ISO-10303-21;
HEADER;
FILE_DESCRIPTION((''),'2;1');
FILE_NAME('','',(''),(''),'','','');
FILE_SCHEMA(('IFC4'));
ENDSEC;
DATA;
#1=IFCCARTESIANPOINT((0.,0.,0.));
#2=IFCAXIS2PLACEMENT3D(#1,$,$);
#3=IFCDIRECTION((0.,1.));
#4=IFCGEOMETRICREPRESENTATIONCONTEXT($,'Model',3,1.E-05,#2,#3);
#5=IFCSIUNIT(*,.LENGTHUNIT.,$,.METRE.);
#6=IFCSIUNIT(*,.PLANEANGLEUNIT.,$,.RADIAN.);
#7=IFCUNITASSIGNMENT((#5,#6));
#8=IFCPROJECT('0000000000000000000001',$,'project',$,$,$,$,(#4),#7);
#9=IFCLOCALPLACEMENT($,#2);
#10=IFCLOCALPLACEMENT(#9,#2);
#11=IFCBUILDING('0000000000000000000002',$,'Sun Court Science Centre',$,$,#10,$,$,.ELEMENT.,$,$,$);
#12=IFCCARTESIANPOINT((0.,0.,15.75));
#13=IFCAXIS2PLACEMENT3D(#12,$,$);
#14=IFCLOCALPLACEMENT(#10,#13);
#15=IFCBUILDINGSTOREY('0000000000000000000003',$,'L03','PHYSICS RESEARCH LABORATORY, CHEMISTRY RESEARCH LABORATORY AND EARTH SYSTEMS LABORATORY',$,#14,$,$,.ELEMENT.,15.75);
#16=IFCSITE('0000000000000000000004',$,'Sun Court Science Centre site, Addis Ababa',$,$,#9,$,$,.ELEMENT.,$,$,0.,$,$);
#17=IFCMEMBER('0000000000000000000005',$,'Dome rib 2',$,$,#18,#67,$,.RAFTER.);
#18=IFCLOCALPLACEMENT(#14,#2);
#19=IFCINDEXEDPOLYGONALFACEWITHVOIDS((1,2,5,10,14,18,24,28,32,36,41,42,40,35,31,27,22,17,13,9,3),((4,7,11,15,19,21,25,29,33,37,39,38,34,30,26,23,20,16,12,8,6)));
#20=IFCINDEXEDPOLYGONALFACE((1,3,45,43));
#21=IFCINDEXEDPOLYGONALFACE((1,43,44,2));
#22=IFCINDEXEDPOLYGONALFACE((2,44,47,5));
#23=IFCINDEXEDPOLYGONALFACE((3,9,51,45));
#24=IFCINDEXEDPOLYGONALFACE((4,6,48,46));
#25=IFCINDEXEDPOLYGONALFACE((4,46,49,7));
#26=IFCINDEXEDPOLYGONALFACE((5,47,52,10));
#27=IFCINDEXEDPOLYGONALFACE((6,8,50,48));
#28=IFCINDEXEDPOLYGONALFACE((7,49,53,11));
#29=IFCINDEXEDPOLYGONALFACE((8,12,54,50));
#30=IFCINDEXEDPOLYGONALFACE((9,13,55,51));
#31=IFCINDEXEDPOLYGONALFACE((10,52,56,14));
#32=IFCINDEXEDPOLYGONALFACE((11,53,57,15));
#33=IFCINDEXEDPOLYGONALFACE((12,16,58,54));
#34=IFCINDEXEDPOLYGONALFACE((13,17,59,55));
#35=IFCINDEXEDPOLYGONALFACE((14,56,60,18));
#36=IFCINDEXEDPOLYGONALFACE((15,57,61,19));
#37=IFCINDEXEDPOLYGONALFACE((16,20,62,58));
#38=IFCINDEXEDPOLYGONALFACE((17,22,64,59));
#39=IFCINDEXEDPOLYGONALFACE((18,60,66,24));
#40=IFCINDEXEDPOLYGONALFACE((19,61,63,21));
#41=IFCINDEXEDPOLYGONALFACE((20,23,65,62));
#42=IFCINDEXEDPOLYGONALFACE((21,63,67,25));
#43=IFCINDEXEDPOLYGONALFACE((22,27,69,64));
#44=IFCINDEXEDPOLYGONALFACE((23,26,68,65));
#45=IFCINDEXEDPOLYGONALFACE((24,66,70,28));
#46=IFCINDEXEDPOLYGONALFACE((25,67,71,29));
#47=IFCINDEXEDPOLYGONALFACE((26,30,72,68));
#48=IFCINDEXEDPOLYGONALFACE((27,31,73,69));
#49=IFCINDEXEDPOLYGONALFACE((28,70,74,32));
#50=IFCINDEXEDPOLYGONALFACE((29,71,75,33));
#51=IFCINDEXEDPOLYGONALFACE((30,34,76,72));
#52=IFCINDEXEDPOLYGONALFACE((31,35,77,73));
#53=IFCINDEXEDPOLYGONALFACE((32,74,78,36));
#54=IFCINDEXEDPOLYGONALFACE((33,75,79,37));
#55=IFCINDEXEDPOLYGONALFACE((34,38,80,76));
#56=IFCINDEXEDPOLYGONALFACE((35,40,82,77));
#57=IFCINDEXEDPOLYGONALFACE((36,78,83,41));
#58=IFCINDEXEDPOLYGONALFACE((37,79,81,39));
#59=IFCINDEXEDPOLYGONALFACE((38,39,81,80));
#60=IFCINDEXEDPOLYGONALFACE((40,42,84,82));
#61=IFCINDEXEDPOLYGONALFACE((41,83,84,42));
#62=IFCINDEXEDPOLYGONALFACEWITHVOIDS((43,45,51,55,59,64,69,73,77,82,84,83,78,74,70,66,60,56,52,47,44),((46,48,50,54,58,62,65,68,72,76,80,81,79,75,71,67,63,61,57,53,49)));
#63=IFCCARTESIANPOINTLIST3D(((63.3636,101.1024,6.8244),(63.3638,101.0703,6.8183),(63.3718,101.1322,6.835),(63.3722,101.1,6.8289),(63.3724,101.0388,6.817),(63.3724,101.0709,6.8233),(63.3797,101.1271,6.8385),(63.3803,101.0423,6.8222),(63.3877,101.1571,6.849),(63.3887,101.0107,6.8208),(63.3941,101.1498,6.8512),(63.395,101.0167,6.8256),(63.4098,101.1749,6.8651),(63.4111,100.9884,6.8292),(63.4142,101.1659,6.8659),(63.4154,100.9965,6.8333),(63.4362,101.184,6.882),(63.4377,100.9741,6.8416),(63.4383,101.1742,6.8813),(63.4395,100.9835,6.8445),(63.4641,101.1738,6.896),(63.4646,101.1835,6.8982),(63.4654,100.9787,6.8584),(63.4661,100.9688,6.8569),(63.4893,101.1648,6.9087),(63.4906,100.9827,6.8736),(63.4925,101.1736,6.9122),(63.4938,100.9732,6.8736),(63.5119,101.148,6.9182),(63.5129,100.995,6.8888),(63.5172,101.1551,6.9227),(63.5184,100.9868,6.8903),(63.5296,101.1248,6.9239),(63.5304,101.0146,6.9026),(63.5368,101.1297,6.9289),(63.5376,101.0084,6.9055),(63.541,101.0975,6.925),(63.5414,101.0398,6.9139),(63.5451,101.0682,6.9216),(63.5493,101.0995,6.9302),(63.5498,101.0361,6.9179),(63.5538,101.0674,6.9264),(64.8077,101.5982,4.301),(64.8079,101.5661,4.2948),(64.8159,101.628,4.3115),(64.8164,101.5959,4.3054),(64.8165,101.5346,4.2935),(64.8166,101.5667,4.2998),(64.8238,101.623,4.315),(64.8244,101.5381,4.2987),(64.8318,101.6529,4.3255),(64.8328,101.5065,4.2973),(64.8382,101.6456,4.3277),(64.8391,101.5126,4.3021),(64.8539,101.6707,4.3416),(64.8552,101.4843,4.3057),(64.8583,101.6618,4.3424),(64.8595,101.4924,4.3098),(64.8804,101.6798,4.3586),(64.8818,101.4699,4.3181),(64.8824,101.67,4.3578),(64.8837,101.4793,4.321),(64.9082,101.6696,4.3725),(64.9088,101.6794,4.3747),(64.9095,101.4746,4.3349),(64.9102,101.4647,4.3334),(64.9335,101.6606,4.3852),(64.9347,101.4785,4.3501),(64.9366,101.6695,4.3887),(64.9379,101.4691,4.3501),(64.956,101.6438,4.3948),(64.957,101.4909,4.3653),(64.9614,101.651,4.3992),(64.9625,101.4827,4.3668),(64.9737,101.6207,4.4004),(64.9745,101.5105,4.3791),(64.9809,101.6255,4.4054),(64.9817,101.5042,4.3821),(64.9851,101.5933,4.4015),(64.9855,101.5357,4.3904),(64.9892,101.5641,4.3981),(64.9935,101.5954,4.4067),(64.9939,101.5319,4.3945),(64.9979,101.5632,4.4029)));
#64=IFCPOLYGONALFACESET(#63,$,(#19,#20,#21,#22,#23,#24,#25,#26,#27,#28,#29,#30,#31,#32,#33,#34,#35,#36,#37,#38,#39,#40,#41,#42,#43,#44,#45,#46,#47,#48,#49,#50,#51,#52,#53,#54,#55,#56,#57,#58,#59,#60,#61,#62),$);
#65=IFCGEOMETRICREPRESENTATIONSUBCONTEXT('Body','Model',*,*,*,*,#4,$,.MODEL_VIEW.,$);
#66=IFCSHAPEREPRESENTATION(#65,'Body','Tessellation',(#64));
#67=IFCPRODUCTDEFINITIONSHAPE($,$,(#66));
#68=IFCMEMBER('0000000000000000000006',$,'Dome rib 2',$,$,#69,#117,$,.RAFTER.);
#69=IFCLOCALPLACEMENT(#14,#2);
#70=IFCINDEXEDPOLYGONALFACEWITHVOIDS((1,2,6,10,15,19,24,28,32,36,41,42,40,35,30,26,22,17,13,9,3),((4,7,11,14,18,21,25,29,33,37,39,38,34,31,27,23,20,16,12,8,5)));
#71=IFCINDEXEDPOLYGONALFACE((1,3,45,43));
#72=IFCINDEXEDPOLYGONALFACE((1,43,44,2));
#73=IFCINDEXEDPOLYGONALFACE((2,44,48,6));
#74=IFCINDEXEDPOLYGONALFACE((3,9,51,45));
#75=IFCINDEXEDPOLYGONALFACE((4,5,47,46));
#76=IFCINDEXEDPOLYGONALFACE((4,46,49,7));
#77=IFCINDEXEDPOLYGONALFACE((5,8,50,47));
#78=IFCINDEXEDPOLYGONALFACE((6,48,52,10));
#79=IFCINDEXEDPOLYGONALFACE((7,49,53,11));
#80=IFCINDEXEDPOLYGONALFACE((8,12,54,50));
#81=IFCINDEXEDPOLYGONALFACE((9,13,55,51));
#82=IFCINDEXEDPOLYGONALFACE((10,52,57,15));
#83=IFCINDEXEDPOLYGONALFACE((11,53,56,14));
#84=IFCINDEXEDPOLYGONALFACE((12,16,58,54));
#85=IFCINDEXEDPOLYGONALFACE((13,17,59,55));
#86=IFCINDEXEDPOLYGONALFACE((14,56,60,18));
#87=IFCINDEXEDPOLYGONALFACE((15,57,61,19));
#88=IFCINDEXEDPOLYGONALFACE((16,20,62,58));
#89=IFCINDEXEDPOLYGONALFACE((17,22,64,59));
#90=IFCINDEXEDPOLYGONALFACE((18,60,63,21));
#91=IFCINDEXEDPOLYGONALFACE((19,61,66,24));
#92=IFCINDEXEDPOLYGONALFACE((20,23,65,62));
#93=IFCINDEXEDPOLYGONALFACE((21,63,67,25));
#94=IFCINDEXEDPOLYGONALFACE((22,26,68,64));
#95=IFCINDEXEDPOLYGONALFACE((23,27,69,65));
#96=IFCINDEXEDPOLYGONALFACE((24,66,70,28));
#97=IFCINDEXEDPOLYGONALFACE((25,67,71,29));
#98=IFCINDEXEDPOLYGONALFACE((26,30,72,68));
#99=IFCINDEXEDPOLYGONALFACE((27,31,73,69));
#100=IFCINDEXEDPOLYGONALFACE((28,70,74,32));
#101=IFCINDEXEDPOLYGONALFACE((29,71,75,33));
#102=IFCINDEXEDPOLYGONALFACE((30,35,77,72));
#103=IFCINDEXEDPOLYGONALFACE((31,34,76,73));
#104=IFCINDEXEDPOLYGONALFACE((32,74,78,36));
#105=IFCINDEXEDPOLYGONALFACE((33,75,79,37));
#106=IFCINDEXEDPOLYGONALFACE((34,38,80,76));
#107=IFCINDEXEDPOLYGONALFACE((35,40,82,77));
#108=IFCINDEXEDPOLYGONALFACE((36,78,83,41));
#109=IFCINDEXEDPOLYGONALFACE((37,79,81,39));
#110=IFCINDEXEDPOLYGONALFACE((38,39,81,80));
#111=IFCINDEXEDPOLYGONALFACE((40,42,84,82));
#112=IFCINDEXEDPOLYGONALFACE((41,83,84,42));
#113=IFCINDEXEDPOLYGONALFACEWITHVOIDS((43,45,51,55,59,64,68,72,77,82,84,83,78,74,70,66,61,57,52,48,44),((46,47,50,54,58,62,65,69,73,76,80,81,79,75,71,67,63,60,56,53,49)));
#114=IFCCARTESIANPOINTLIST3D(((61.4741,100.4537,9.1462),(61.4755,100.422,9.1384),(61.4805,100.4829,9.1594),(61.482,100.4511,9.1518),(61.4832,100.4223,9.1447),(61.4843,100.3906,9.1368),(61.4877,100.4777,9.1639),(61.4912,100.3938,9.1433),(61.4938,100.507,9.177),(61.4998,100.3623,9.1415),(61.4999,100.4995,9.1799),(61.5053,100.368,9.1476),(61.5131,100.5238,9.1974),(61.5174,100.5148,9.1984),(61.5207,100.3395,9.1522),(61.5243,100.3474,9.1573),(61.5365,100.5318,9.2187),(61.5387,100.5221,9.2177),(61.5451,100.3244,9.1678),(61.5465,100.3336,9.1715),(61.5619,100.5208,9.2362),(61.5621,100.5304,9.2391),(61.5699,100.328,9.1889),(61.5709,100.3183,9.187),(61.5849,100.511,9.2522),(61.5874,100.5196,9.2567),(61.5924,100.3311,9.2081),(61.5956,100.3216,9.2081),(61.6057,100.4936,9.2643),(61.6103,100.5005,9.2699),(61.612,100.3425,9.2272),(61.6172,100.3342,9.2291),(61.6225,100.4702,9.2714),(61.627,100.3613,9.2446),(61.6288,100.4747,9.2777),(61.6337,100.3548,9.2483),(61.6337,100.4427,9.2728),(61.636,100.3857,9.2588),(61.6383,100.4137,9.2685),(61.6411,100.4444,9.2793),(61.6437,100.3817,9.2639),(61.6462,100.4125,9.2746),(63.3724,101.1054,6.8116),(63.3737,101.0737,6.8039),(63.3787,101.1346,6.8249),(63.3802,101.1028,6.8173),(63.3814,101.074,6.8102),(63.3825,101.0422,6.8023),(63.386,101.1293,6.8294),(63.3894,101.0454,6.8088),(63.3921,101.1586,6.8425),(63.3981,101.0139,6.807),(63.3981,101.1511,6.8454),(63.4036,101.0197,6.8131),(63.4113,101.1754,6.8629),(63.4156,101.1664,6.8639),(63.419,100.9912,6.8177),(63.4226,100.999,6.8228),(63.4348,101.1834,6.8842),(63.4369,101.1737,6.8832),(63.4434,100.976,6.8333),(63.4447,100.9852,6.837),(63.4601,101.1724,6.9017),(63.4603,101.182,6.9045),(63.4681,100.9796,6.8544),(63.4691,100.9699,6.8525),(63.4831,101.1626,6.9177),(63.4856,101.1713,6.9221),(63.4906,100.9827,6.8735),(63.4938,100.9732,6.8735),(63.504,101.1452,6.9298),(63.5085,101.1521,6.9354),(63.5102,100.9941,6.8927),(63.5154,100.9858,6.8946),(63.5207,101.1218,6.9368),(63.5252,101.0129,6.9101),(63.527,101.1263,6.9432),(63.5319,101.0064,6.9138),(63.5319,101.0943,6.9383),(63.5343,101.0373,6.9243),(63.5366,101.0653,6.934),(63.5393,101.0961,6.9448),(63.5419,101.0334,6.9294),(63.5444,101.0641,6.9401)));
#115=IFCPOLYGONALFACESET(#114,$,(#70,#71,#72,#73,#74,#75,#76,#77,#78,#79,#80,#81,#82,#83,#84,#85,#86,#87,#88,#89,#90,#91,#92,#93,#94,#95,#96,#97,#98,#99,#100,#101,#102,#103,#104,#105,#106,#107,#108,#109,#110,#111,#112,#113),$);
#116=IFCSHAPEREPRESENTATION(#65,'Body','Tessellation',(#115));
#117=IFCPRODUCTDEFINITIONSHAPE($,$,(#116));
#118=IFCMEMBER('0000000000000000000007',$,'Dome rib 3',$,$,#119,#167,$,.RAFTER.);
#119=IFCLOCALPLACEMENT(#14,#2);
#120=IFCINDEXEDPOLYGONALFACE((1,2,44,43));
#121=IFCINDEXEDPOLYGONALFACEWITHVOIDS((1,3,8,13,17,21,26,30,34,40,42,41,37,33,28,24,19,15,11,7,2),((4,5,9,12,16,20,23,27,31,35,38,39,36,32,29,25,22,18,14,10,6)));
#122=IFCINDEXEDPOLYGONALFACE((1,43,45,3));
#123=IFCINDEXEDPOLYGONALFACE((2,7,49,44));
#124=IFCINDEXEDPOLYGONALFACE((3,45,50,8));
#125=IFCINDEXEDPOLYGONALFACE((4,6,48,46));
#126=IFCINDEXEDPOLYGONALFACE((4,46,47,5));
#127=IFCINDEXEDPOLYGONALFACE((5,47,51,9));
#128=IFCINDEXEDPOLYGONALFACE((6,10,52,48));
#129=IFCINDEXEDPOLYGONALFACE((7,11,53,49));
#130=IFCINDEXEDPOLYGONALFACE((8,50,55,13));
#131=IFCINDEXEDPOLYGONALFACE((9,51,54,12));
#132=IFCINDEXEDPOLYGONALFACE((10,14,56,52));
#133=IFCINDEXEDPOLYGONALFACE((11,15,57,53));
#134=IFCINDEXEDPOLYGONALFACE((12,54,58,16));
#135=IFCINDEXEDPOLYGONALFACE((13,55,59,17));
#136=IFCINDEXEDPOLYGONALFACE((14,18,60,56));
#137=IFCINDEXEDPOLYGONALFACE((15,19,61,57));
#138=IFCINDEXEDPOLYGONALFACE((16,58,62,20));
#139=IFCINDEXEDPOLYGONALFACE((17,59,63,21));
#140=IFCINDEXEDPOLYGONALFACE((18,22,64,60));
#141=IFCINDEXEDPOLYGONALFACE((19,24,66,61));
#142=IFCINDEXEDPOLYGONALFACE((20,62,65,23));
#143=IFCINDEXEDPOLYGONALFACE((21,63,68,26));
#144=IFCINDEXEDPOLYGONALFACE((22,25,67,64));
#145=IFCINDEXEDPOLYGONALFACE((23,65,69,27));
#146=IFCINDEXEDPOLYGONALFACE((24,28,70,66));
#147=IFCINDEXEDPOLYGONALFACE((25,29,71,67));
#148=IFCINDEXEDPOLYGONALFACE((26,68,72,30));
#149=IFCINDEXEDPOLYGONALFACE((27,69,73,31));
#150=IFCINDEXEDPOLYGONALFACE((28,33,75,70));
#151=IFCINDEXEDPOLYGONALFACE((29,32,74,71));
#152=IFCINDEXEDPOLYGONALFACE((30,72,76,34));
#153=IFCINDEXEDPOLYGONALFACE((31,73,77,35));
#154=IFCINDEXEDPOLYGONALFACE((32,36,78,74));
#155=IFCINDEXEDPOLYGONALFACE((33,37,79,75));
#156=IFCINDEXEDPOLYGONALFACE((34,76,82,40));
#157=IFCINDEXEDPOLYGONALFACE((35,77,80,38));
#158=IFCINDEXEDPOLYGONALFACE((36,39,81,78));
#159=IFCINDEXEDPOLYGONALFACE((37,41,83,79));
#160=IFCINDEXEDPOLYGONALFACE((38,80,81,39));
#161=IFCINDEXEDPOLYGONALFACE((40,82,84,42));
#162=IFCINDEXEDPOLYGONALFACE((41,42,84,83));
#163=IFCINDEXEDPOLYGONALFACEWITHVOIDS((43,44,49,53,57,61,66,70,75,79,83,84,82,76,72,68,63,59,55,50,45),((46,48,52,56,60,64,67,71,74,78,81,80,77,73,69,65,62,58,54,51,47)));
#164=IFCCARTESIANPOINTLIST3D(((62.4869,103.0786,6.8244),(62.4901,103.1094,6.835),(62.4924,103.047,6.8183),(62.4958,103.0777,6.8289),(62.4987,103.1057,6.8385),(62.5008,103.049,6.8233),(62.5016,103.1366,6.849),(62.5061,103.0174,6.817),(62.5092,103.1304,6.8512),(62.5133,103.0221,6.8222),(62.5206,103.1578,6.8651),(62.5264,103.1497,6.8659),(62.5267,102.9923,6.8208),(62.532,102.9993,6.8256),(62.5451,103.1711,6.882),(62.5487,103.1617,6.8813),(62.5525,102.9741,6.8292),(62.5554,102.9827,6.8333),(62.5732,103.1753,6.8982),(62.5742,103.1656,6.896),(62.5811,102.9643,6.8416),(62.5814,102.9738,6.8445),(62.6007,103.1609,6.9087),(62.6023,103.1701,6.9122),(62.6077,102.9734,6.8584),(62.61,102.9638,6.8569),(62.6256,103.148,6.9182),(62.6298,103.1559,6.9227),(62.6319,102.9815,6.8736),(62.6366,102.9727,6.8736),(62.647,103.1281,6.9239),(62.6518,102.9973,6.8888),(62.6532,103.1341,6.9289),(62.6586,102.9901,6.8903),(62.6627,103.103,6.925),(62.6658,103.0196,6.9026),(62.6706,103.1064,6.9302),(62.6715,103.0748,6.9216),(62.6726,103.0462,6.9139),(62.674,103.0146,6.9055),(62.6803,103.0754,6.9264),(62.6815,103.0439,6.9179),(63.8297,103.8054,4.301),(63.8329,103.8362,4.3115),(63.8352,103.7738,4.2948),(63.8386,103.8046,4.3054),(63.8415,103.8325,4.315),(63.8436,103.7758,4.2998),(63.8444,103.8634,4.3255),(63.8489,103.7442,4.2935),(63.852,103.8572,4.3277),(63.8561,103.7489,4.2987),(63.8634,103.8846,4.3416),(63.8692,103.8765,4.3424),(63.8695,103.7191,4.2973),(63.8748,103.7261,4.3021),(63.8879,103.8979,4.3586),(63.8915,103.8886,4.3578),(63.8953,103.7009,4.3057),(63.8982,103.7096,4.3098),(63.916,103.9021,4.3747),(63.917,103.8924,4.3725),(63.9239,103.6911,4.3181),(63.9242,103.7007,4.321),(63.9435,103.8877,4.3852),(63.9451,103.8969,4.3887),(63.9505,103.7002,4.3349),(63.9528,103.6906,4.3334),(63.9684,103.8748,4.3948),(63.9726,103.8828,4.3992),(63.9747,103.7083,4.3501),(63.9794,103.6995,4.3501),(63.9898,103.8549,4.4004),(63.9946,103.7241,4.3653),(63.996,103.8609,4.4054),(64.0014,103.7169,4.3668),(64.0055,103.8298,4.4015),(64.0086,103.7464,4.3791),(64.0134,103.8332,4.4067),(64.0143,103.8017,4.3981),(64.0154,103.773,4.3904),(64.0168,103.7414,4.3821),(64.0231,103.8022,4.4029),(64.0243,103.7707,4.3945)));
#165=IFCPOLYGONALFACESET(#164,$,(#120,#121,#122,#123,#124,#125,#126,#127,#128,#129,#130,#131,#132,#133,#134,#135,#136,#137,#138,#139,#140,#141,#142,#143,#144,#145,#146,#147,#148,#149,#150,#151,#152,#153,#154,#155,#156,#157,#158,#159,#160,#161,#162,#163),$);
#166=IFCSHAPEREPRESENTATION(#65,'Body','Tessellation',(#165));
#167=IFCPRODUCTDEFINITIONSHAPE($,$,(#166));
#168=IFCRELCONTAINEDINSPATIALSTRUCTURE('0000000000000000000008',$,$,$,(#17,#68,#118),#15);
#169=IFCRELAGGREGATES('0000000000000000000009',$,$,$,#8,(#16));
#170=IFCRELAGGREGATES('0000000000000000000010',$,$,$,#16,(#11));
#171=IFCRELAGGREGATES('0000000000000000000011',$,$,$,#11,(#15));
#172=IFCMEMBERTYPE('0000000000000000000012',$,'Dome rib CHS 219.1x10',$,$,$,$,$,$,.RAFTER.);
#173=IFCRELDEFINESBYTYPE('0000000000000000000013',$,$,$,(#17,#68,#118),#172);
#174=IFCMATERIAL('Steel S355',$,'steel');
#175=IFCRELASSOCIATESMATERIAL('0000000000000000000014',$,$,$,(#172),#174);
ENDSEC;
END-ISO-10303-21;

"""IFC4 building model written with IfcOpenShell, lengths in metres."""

from ifc_helpers import new_model, si_unit, direction, frame, origin, origin_2d, place, context, subcontext, project, spatial, hollow_circle, extrude, material, material_profile, profile_set, type_object, element, save


model = new_model("IFC4")

# Units and contexts
model_context = context("Model", 3, precision=1e-05, world=origin(), true_north=direction((0.0, 1.0)))
body_context = subcontext(model_context, "Body", "Model", "MODEL_VIEW")
ifc_project = project(units=[si_unit("LENGTHUNIT", "METRE"), si_unit("PLANEANGLEUNIT", "RADIAN")], contexts=[model_context])

# Site, building, storey
site_placement = place(None, origin())
site = spatial("IfcSite", under=ifc_project, at=site_placement, Name="Sun Court Science Centre site, Addis Ababa", CompositionType="ELEMENT", RefElevation=0.0)
building_placement = place(site_placement, origin())
building = spatial("IfcBuilding", under=site, at=building_placement, Name="Sun Court Science Centre", CompositionType="ELEMENT")
storey_placement = place(building_placement, frame((0.0, 0.0, 15.75)))
storey = spatial("IfcBuildingStorey", under=building, at=storey_placement, Name="L03", Description="PHYSICS RESEARCH LABORATORY, CHEMISTRY RESEARCH LABORATORY AND EARTH SYSTEMS LABORATORY", CompositionType="ELEMENT", Elevation=15.75)

# Members
ifc_material_1 = material(Name="Steel S355", Category="steel")
ifc_material_profile_1 = material_profile(ifc_material_1, hollow_circle(Radius=0.1096, WallThickness=0.01, at=origin_2d()), Name="CHS 219.1x10")
ifc_profile_set_1 = profile_set([ifc_material_profile_1], Name="Steel S355")
member_type_1 = type_object("IfcMemberType", Name="Dome rib CHS 219.1x10", PredefinedType="RAFTER", material=ifc_profile_set_1)
member_1_placement = place(storey_placement, frame((64.9023, 101.5728, 4.3501), z_axis=(-0.489621, -0.168118, 0.855574), x_axis=(0.324754, -0.945799, 0.0)))
element("IfcMember", 1, at=member_1_placement, inside=storey, type_object=member_type_1, Name="Dome rib 2", PredefinedType="RAFTER", context=body_context, shape_type="SweptSolid", body=[
    extrude(hollow_circle(Radius=0.1096, WallThickness=0.01, at=origin_2d()), origin(), (0.0, 0.0, 1.0), 2.9495),
])
member_2_placement = place(storey_placement, frame((63.4583, 101.0769, 6.8735), z_axis=(-0.616586, -0.211661, 0.758302), x_axis=(0.324682, -0.945823, 0.0)))
element("IfcMember", 2, at=member_2_placement, inside=storey, type_object=member_type_1, Name="Dome rib 2", PredefinedType="RAFTER", context=body_context, shape_type="SweptSolid", body=[
    extrude(hollow_circle(Radius=0.1096, WallThickness=0.01, at=origin_2d()), origin(), (0.0, 0.0, 1.0), 3.0786),
])
for number, where, z_axis, x_axis, name in (
    (3, (63.9272, 103.7959, 4.3501), (-0.455268, -0.246424, 0.855573), (0.476015, -0.879437, 0.0), "Dome rib 3"),
):
    element("IfcMember", number, at=place(storey_placement, frame(where, z_axis=z_axis, x_axis=x_axis)), inside=storey, type_object=member_type_1, Name=name, PredefinedType="RAFTER", context=body_context, shape_type="SweptSolid", body=[
        extrude(hollow_circle(Radius=0.1096, WallThickness=0.01, at=origin_2d()), origin(), (0.0, 0.0, 1.0), 2.9495),
    ])

save(model, "model.ifc")
